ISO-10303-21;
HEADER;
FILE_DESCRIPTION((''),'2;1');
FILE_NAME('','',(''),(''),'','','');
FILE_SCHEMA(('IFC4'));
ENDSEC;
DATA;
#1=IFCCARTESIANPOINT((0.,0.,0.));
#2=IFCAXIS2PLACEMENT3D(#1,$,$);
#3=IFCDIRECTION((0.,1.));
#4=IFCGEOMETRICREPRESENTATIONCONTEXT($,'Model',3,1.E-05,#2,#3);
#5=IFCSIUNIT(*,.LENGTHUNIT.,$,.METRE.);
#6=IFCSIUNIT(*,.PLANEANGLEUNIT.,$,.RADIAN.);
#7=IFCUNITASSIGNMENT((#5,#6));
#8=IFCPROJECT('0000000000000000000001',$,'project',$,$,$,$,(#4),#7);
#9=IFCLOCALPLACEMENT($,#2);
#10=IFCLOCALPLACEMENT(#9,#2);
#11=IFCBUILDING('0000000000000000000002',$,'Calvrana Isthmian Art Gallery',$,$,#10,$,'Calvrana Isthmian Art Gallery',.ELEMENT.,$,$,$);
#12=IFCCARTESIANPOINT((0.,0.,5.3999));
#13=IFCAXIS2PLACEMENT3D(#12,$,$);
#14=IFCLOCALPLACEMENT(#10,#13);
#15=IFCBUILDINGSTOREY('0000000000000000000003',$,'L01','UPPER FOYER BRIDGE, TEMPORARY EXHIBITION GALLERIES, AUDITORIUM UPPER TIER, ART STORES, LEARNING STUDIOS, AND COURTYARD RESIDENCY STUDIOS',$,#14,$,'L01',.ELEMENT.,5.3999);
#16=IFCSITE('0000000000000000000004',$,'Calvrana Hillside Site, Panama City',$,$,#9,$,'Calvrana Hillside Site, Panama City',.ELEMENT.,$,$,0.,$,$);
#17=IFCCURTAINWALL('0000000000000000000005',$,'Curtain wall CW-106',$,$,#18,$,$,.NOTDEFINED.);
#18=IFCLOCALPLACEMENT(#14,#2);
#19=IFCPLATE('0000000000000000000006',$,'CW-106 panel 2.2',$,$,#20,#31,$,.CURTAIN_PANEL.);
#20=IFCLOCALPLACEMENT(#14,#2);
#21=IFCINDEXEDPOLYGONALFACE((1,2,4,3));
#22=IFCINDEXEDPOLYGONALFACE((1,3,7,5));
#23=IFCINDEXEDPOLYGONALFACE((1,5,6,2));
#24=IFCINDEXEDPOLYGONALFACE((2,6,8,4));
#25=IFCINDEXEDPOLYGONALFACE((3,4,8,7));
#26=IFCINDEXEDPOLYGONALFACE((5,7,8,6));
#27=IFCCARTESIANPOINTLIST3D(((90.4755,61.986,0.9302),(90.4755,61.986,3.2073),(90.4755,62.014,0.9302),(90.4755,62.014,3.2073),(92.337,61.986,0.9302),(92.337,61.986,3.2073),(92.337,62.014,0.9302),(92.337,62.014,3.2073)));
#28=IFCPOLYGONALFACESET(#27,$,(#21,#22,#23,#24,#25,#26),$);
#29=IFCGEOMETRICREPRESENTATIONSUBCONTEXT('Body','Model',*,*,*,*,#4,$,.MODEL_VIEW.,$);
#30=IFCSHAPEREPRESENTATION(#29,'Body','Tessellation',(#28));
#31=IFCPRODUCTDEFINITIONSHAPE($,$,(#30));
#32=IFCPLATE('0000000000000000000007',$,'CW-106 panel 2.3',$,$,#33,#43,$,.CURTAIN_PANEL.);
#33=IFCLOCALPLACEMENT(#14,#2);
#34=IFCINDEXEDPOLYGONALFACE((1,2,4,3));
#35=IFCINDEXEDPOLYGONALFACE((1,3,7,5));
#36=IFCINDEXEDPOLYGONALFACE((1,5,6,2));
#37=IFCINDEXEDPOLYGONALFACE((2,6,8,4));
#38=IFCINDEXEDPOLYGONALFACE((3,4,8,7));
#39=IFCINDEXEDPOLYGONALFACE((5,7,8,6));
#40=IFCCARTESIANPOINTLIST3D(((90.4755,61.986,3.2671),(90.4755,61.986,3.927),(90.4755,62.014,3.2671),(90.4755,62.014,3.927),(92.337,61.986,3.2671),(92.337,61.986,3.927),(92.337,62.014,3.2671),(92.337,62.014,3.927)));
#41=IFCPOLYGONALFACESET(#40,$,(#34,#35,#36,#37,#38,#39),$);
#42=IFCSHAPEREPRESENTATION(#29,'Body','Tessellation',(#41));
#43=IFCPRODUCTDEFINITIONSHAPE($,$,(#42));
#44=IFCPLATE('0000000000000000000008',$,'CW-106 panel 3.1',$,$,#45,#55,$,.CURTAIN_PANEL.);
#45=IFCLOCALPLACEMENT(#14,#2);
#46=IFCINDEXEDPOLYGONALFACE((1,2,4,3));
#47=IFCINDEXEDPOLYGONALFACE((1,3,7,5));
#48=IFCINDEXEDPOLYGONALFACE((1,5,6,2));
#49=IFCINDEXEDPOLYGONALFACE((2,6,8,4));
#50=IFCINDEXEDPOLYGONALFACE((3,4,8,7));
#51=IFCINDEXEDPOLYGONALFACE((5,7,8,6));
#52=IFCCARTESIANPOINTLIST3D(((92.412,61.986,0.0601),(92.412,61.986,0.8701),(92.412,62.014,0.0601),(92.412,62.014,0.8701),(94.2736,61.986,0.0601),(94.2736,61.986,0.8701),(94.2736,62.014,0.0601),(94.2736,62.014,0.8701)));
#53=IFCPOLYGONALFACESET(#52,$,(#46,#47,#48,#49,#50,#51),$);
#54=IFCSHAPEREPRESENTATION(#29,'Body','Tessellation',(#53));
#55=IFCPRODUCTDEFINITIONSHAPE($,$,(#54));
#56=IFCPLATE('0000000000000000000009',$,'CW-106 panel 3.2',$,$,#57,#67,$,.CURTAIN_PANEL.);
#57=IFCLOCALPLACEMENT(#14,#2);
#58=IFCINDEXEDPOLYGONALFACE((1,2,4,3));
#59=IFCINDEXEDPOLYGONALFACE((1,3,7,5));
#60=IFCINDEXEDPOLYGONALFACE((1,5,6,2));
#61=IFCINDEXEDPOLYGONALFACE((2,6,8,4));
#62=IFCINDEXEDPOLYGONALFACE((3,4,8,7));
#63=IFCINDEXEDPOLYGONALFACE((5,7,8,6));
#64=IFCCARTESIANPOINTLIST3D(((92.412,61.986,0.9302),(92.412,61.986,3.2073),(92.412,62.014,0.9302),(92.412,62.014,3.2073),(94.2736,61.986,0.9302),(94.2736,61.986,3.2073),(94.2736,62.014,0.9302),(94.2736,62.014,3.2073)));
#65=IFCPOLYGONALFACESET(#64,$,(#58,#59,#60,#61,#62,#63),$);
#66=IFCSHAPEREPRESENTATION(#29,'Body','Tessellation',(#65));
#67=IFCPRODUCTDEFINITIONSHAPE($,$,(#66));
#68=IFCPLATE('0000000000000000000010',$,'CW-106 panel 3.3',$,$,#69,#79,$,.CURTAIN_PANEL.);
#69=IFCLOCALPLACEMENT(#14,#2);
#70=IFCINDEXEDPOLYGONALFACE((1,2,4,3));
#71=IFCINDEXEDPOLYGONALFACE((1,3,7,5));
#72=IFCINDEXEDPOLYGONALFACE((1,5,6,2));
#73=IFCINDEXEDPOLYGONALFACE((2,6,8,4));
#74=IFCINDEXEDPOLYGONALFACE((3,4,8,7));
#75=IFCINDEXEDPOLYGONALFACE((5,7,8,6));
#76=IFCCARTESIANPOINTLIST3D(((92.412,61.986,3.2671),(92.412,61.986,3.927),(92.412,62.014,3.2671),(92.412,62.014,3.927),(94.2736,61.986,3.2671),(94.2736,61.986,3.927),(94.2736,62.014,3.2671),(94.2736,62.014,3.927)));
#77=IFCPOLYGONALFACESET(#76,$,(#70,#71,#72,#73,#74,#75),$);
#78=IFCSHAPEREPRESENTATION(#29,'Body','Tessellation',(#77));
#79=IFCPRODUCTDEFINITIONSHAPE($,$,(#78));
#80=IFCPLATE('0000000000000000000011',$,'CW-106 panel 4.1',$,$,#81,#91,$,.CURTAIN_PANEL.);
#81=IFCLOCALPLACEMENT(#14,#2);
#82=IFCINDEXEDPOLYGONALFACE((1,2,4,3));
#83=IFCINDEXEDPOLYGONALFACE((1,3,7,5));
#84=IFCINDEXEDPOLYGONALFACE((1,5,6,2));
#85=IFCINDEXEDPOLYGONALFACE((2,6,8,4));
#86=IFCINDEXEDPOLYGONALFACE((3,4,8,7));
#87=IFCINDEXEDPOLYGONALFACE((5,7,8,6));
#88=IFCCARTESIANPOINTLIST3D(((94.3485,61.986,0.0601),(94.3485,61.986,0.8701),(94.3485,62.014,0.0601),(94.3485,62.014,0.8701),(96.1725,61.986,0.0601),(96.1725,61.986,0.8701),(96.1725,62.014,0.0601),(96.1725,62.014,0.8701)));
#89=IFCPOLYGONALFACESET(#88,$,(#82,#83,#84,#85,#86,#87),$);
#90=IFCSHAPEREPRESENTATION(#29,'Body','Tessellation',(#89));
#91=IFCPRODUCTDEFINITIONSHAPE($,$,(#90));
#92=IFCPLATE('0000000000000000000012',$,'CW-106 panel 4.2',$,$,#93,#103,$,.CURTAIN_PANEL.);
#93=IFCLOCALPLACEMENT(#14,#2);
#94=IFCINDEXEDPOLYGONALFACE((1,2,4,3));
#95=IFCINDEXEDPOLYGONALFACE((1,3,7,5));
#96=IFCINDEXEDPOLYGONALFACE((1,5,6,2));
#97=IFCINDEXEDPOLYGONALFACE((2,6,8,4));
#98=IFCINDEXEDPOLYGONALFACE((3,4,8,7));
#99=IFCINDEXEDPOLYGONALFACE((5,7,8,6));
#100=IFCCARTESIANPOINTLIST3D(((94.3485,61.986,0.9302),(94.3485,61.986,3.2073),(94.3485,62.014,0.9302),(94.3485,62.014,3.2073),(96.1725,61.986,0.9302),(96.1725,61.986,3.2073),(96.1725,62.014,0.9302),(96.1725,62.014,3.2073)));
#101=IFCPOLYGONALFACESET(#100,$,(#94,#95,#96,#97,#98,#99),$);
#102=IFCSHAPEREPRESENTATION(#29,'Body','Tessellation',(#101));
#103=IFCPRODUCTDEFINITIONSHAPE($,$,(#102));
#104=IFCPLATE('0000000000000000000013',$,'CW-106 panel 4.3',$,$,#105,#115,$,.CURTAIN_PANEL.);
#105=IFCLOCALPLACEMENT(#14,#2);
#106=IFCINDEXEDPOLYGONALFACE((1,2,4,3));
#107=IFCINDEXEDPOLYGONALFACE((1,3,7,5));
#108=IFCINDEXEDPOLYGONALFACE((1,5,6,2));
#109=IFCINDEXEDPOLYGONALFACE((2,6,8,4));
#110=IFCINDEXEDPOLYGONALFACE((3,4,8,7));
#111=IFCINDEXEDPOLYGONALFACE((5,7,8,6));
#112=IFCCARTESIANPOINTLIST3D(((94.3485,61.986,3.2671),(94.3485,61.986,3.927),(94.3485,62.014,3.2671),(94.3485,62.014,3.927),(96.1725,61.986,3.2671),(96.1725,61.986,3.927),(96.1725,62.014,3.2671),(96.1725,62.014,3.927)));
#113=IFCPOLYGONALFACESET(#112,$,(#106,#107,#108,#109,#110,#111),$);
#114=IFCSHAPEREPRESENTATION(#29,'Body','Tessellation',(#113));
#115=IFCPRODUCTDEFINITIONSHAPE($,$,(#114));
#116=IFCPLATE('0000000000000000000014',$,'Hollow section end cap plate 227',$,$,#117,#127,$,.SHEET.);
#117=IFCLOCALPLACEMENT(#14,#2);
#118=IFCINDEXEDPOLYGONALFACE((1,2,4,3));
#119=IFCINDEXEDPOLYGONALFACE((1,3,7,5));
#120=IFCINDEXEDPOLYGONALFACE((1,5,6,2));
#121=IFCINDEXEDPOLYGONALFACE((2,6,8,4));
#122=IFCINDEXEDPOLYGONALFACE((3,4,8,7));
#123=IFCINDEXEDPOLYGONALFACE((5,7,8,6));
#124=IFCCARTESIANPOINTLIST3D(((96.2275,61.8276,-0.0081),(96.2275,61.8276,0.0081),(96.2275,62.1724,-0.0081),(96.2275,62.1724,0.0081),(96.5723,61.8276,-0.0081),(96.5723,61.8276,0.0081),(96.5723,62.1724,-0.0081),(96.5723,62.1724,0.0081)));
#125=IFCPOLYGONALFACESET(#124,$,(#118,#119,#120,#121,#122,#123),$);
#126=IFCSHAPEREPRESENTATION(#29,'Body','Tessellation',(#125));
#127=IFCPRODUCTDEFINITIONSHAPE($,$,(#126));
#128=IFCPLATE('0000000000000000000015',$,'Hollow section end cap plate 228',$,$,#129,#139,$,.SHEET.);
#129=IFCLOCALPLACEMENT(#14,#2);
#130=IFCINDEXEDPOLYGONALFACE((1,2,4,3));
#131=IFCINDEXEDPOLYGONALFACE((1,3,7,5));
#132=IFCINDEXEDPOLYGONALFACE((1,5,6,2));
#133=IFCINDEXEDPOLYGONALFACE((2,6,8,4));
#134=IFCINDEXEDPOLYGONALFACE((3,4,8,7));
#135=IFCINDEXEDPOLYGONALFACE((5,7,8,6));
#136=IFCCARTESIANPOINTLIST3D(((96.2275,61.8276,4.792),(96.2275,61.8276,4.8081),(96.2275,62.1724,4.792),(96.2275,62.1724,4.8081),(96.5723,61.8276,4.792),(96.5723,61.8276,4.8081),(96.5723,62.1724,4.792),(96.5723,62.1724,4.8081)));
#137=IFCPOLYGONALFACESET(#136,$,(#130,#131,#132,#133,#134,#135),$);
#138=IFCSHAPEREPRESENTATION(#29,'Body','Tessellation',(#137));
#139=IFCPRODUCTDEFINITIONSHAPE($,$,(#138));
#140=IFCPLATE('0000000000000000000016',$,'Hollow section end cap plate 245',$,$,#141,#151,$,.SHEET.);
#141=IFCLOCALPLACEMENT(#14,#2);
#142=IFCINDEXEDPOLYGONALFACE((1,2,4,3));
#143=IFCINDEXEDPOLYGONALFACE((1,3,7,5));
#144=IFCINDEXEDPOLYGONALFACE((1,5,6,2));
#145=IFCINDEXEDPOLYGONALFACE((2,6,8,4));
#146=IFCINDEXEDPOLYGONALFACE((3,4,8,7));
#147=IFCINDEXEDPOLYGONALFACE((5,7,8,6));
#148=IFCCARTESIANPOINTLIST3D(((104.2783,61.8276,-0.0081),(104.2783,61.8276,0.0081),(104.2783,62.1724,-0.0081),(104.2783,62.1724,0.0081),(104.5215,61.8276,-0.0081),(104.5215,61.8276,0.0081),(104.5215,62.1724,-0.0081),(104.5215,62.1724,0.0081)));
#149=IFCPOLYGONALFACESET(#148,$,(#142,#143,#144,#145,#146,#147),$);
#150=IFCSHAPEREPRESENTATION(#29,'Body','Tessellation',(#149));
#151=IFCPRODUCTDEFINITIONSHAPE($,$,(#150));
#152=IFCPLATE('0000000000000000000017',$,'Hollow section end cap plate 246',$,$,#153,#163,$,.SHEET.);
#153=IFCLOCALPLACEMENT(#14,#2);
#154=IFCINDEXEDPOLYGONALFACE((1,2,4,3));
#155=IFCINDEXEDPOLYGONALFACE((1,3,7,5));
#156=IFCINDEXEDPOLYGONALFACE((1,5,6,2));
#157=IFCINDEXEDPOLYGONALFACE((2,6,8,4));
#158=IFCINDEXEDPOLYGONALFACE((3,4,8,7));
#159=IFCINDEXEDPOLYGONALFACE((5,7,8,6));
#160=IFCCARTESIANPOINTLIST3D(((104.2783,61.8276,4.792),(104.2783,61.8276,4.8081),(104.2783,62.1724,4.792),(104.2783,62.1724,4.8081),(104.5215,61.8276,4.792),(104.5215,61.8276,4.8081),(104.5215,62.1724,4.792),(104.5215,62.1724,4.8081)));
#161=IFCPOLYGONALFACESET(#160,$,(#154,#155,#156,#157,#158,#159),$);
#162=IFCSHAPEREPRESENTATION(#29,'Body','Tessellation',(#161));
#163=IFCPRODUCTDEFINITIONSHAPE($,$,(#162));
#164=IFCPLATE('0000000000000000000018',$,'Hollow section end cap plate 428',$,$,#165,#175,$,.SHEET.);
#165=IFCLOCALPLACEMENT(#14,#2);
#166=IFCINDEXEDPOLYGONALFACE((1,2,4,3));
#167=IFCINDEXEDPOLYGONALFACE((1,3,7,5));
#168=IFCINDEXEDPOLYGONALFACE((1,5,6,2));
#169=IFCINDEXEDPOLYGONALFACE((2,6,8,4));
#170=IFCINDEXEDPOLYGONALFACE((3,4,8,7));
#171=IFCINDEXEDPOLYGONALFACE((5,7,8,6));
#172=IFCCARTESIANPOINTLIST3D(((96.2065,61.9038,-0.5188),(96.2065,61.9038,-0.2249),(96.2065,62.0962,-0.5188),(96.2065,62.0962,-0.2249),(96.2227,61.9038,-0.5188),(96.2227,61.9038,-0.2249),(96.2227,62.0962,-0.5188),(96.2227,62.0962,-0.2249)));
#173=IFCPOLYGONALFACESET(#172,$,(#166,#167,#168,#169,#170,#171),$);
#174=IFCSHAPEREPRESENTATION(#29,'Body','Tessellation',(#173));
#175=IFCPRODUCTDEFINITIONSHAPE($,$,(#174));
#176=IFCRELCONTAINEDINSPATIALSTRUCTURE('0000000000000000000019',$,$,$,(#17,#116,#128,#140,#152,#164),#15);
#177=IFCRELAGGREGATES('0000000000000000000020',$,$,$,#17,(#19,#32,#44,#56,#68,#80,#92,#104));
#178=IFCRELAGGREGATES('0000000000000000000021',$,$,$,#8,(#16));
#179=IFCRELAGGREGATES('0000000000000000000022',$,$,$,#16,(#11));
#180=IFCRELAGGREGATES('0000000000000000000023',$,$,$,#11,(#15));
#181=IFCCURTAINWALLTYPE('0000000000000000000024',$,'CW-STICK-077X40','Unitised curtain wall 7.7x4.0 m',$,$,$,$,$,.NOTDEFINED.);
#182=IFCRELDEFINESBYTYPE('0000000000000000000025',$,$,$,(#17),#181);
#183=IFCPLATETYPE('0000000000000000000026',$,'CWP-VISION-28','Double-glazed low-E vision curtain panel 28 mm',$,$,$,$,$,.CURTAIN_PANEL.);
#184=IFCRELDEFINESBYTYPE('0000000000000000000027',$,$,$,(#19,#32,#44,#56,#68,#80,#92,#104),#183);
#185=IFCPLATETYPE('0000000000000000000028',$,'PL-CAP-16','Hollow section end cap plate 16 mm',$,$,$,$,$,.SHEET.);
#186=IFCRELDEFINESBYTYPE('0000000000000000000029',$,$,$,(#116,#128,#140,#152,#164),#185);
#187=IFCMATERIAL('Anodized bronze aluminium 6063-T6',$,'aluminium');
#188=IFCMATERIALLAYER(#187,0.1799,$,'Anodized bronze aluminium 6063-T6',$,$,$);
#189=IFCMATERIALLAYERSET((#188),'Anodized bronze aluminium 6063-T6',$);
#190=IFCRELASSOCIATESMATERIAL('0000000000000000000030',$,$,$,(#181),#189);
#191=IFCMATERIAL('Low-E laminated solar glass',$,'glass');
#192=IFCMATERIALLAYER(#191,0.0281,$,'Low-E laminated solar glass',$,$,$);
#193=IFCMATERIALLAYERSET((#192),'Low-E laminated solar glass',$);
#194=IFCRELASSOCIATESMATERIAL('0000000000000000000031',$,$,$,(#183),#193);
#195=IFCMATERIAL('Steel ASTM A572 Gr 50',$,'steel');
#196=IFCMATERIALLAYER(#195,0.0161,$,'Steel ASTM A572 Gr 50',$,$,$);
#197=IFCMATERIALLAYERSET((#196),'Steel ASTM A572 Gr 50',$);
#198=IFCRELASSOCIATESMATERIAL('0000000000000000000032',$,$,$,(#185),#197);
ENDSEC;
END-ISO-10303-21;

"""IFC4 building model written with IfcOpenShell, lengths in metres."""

from ifc_helpers import new_model, si_unit, direction, frame, origin, origin_2d, place, context, subcontext, project, spatial, rectangle, extrude, material, layer, layer_set, type_object, element, aggregate, save


model = new_model("IFC4")

# Units and contexts
model_context = context("Model", 3, precision=1e-05, world=origin(), true_north=direction((0.0, 1.0)))
body_context = subcontext(model_context, "Body", "Model", "MODEL_VIEW")
ifc_project = project(units=[si_unit("LENGTHUNIT", "METRE"), si_unit("PLANEANGLEUNIT", "RADIAN")], contexts=[model_context])

# Site, building, storey
site_placement = place(None, origin())
site = spatial("IfcSite", under=ifc_project, at=site_placement, Name="Calvrana Hillside Site, Panama City", LongName="Calvrana Hillside Site, Panama City", CompositionType="ELEMENT", RefElevation=0.0)
building_placement = place(site_placement, origin())
building = spatial("IfcBuilding", under=site, at=building_placement, Name="Calvrana Isthmian Art Gallery", LongName="Calvrana Isthmian Art Gallery", CompositionType="ELEMENT")
storey_placement = place(building_placement, frame((0.0, 0.0, 5.3999)))
storey = spatial("IfcBuildingStorey", under=building, at=storey_placement, Name="L01", Description="UPPER FOYER BRIDGE, TEMPORARY EXHIBITION GALLERIES, AUDITORIUM UPPER TIER, ART STORES, LEARNING STUDIOS, AND COURTYARD RESIDENCY STUDIOS", LongName="L01", CompositionType="ELEMENT", Elevation=5.3999)

# Curtain wall, plates
ifc_material_1 = material(Name="Anodized bronze aluminium 6063-T6", Category="aluminium")
ifc_layer_1 = layer(ifc_material_1, 0.1799, Name="Anodized bronze aluminium 6063-T6")
ifc_layer_set_1 = layer_set([ifc_layer_1], Name="Anodized bronze aluminium 6063-T6")
curtain_wall_type = type_object("IfcCurtainWallType", Name="CW-STICK-077X40", Description="Unitised curtain wall 7.7x4.0 m", PredefinedType="NOTDEFINED", material=ifc_layer_set_1)
curtain_wall_placement = place(storey_placement, origin())
curtain_wall = element("IfcCurtainWall", 1, at=curtain_wall_placement, inside=storey, type_object=curtain_wall_type, Name="Curtain wall CW-106", PredefinedType="NOTDEFINED")
ifc_material_2 = material(Name="Low-E laminated solar glass", Category="glass")
ifc_layer_2 = layer(ifc_material_2, 0.0281, Name="Low-E laminated solar glass")
ifc_layer_set_2 = layer_set([ifc_layer_2], Name="Low-E laminated solar glass")
plate_type_1 = type_object("IfcPlateType", Name="CWP-VISION-28", Description="Double-glazed low-E vision curtain panel 28 mm", PredefinedType="CURTAIN_PANEL", material=ifc_layer_set_2)
plate_1_placement = place(storey_placement, frame((91.4062, 62.0, 0.9302), z_axis=(0.0, 0.0, 1.0), x_axis=(1.0, 0.0, 0.0)))
plate_1 = element("IfcPlate", 2, at=plate_1_placement, type_object=plate_type_1, Name="CW-106 panel 2.2", PredefinedType="CURTAIN_PANEL", context=body_context, shape_type="SweptSolid", body=[
    extrude(rectangle(XDim=1.8616, YDim=0.0281, at=origin_2d()), origin(), (0.0, 0.0, 1.0), 2.2771),
])
plate_2_placement = place(storey_placement, frame((91.4062, 62.0, 3.2671), z_axis=(0.0, 0.0, 1.0), x_axis=(1.0, 0.0, 0.0)))
plate_2 = element("IfcPlate", 3, at=plate_2_placement, type_object=plate_type_1, Name="CW-106 panel 2.3", PredefinedType="CURTAIN_PANEL", context=body_context, shape_type="SweptSolid", body=[
    extrude(rectangle(XDim=1.8616, YDim=0.0281, at=origin_2d()), origin(), (0.0, 0.0, 1.0), 0.6599),
])
plate_3_placement = place(storey_placement, frame((93.3428, 62.0, 0.0601), z_axis=(0.0, 0.0, 1.0), x_axis=(1.0, 0.0, 0.0)))
plate_3 = element("IfcPlate", 4, at=plate_3_placement, type_object=plate_type_1, Name="CW-106 panel 3.1", PredefinedType="CURTAIN_PANEL", context=body_context, shape_type="SweptSolid", body=[
    extrude(rectangle(XDim=1.8616, YDim=0.0281, at=origin_2d()), origin(), (0.0, 0.0, 1.0), 0.8101),
])
plate_4_placement = place(storey_placement, frame((93.3428, 62.0, 0.9302), z_axis=(0.0, 0.0, 1.0), x_axis=(1.0, 0.0, 0.0)))
plate_4 = element("IfcPlate", 5, at=plate_4_placement, type_object=plate_type_1, Name="CW-106 panel 3.2", PredefinedType="CURTAIN_PANEL", context=body_context, shape_type="SweptSolid", body=[
    extrude(rectangle(XDim=1.8616, YDim=0.0281, at=origin_2d()), origin(), (0.0, 0.0, 1.0), 2.2771),
])
plate_5_placement = place(storey_placement, frame((93.3428, 62.0, 3.2671), z_axis=(0.0, 0.0, 1.0), x_axis=(1.0, 0.0, 0.0)))
plate_5 = element("IfcPlate", 6, at=plate_5_placement, type_object=plate_type_1, Name="CW-106 panel 3.3", PredefinedType="CURTAIN_PANEL", context=body_context, shape_type="SweptSolid", body=[
    extrude(rectangle(XDim=1.8616, YDim=0.0281, at=origin_2d()), origin(), (0.0, 0.0, 1.0), 0.6599),
])
plate_6_placement = place(storey_placement, frame((95.2605, 62.0, 0.0601), z_axis=(0.0, 0.0, 1.0), x_axis=(1.0, 0.0, 0.0)))
plate_6 = element("IfcPlate", 7, at=plate_6_placement, type_object=plate_type_1, Name="CW-106 panel 4.1", PredefinedType="CURTAIN_PANEL", context=body_context, shape_type="SweptSolid", body=[
    extrude(rectangle(XDim=1.824, YDim=0.0281, at=origin_2d()), origin(), (0.0, 0.0, 1.0), 0.8101),
])
plate_7_placement = place(storey_placement, frame((95.2605, 62.0, 0.9302), z_axis=(0.0, 0.0, 1.0), x_axis=(1.0, 0.0, 0.0)))
plate_7 = element("IfcPlate", 8, at=plate_7_placement, type_object=plate_type_1, Name="CW-106 panel 4.2", PredefinedType="CURTAIN_PANEL", context=body_context, shape_type="SweptSolid", body=[
    extrude(rectangle(XDim=1.824, YDim=0.0281, at=origin_2d()), origin(), (0.0, 0.0, 1.0), 2.2771),
])
plate_8_placement = place(storey_placement, frame((95.2605, 62.0, 3.2671), z_axis=(0.0, 0.0, 1.0), x_axis=(1.0, 0.0, 0.0)))
plate_8 = element("IfcPlate", 9, at=plate_8_placement, type_object=plate_type_1, Name="CW-106 panel 4.3", PredefinedType="CURTAIN_PANEL", context=body_context, shape_type="SweptSolid", body=[
    extrude(rectangle(XDim=1.824, YDim=0.0281, at=origin_2d()), origin(), (0.0, 0.0, 1.0), 0.6599),
])
aggregate(curtain_wall, [plate_1, plate_2, plate_3, plate_4, plate_5, plate_6, plate_7, plate_8])

# Plates
ifc_material_3 = material(Name="Steel ASTM A572 Gr 50", Category="steel")
ifc_layer_3 = layer(ifc_material_3, 0.0161, Name="Steel ASTM A572 Gr 50")
ifc_layer_set_3 = layer_set([ifc_layer_3], Name="Steel ASTM A572 Gr 50")
plate_type_2 = type_object("IfcPlateType", Name="PL-CAP-16", Description="Hollow section end cap plate 16 mm", PredefinedType="SHEET", material=ifc_layer_set_3)
for number, where, z_axis, x_axis, name in (
    (10, (96.3999, 62.0, -0.0081), (0.0, 0.0, 1.0), (1.0, 0.0, 0.0), "Hollow section end cap plate 227"),
    (11, (96.3999, 62.0, 4.792), (0.0, 0.0, 1.0), (1.0, 0.0, 0.0), "Hollow section end cap plate 228"),
):
    element("IfcPlate", number, at=place(storey_placement, frame(where, z_axis=z_axis, x_axis=x_axis)), inside=storey, type_object=plate_type_2, Name=name, PredefinedType="SHEET", context=body_context, shape_type="SweptSolid", body=[
        extrude(rectangle(XDim=0.3447, YDim=0.3447, at=origin_2d()), origin(), (0.0, 0.0, 1.0), 0.0161),
    ])
for number, where, z_axis, x_axis, name in (
    (12, (104.3999, 62.0, -0.0081), (0.0, 0.0, 1.0), (1.0, 0.0, 0.0), "Hollow section end cap plate 245"),
    (13, (104.3999, 62.0, 4.792), (0.0, 0.0, 1.0), (1.0, 0.0, 0.0), "Hollow section end cap plate 246"),
):
    element("IfcPlate", number, at=place(storey_placement, frame(where, z_axis=z_axis, x_axis=x_axis)), inside=storey, type_object=plate_type_2, Name=name, PredefinedType="SHEET", context=body_context, shape_type="SweptSolid", body=[
        extrude(rectangle(XDim=0.2432, YDim=0.3447, at=origin_2d()), origin(), (0.0, 0.0, 1.0), 0.0161),
    ])
plate_9_placement = place(storey_placement, frame((96.2146, 62.0, -0.5188), z_axis=(0.0, 0.0, 1.0), x_axis=(1.0, 0.0, 0.0)))
element("IfcPlate", 14, at=plate_9_placement, inside=storey, type_object=plate_type_2, Name="Hollow section end cap plate 428", PredefinedType="SHEET", context=body_context, shape_type="SweptSolid", body=[
    extrude(rectangle(XDim=0.0161, YDim=0.1924, at=origin_2d()), origin(), (0.0, 0.0, 1.0), 0.2939),
])

save(model, "model.ifc")
